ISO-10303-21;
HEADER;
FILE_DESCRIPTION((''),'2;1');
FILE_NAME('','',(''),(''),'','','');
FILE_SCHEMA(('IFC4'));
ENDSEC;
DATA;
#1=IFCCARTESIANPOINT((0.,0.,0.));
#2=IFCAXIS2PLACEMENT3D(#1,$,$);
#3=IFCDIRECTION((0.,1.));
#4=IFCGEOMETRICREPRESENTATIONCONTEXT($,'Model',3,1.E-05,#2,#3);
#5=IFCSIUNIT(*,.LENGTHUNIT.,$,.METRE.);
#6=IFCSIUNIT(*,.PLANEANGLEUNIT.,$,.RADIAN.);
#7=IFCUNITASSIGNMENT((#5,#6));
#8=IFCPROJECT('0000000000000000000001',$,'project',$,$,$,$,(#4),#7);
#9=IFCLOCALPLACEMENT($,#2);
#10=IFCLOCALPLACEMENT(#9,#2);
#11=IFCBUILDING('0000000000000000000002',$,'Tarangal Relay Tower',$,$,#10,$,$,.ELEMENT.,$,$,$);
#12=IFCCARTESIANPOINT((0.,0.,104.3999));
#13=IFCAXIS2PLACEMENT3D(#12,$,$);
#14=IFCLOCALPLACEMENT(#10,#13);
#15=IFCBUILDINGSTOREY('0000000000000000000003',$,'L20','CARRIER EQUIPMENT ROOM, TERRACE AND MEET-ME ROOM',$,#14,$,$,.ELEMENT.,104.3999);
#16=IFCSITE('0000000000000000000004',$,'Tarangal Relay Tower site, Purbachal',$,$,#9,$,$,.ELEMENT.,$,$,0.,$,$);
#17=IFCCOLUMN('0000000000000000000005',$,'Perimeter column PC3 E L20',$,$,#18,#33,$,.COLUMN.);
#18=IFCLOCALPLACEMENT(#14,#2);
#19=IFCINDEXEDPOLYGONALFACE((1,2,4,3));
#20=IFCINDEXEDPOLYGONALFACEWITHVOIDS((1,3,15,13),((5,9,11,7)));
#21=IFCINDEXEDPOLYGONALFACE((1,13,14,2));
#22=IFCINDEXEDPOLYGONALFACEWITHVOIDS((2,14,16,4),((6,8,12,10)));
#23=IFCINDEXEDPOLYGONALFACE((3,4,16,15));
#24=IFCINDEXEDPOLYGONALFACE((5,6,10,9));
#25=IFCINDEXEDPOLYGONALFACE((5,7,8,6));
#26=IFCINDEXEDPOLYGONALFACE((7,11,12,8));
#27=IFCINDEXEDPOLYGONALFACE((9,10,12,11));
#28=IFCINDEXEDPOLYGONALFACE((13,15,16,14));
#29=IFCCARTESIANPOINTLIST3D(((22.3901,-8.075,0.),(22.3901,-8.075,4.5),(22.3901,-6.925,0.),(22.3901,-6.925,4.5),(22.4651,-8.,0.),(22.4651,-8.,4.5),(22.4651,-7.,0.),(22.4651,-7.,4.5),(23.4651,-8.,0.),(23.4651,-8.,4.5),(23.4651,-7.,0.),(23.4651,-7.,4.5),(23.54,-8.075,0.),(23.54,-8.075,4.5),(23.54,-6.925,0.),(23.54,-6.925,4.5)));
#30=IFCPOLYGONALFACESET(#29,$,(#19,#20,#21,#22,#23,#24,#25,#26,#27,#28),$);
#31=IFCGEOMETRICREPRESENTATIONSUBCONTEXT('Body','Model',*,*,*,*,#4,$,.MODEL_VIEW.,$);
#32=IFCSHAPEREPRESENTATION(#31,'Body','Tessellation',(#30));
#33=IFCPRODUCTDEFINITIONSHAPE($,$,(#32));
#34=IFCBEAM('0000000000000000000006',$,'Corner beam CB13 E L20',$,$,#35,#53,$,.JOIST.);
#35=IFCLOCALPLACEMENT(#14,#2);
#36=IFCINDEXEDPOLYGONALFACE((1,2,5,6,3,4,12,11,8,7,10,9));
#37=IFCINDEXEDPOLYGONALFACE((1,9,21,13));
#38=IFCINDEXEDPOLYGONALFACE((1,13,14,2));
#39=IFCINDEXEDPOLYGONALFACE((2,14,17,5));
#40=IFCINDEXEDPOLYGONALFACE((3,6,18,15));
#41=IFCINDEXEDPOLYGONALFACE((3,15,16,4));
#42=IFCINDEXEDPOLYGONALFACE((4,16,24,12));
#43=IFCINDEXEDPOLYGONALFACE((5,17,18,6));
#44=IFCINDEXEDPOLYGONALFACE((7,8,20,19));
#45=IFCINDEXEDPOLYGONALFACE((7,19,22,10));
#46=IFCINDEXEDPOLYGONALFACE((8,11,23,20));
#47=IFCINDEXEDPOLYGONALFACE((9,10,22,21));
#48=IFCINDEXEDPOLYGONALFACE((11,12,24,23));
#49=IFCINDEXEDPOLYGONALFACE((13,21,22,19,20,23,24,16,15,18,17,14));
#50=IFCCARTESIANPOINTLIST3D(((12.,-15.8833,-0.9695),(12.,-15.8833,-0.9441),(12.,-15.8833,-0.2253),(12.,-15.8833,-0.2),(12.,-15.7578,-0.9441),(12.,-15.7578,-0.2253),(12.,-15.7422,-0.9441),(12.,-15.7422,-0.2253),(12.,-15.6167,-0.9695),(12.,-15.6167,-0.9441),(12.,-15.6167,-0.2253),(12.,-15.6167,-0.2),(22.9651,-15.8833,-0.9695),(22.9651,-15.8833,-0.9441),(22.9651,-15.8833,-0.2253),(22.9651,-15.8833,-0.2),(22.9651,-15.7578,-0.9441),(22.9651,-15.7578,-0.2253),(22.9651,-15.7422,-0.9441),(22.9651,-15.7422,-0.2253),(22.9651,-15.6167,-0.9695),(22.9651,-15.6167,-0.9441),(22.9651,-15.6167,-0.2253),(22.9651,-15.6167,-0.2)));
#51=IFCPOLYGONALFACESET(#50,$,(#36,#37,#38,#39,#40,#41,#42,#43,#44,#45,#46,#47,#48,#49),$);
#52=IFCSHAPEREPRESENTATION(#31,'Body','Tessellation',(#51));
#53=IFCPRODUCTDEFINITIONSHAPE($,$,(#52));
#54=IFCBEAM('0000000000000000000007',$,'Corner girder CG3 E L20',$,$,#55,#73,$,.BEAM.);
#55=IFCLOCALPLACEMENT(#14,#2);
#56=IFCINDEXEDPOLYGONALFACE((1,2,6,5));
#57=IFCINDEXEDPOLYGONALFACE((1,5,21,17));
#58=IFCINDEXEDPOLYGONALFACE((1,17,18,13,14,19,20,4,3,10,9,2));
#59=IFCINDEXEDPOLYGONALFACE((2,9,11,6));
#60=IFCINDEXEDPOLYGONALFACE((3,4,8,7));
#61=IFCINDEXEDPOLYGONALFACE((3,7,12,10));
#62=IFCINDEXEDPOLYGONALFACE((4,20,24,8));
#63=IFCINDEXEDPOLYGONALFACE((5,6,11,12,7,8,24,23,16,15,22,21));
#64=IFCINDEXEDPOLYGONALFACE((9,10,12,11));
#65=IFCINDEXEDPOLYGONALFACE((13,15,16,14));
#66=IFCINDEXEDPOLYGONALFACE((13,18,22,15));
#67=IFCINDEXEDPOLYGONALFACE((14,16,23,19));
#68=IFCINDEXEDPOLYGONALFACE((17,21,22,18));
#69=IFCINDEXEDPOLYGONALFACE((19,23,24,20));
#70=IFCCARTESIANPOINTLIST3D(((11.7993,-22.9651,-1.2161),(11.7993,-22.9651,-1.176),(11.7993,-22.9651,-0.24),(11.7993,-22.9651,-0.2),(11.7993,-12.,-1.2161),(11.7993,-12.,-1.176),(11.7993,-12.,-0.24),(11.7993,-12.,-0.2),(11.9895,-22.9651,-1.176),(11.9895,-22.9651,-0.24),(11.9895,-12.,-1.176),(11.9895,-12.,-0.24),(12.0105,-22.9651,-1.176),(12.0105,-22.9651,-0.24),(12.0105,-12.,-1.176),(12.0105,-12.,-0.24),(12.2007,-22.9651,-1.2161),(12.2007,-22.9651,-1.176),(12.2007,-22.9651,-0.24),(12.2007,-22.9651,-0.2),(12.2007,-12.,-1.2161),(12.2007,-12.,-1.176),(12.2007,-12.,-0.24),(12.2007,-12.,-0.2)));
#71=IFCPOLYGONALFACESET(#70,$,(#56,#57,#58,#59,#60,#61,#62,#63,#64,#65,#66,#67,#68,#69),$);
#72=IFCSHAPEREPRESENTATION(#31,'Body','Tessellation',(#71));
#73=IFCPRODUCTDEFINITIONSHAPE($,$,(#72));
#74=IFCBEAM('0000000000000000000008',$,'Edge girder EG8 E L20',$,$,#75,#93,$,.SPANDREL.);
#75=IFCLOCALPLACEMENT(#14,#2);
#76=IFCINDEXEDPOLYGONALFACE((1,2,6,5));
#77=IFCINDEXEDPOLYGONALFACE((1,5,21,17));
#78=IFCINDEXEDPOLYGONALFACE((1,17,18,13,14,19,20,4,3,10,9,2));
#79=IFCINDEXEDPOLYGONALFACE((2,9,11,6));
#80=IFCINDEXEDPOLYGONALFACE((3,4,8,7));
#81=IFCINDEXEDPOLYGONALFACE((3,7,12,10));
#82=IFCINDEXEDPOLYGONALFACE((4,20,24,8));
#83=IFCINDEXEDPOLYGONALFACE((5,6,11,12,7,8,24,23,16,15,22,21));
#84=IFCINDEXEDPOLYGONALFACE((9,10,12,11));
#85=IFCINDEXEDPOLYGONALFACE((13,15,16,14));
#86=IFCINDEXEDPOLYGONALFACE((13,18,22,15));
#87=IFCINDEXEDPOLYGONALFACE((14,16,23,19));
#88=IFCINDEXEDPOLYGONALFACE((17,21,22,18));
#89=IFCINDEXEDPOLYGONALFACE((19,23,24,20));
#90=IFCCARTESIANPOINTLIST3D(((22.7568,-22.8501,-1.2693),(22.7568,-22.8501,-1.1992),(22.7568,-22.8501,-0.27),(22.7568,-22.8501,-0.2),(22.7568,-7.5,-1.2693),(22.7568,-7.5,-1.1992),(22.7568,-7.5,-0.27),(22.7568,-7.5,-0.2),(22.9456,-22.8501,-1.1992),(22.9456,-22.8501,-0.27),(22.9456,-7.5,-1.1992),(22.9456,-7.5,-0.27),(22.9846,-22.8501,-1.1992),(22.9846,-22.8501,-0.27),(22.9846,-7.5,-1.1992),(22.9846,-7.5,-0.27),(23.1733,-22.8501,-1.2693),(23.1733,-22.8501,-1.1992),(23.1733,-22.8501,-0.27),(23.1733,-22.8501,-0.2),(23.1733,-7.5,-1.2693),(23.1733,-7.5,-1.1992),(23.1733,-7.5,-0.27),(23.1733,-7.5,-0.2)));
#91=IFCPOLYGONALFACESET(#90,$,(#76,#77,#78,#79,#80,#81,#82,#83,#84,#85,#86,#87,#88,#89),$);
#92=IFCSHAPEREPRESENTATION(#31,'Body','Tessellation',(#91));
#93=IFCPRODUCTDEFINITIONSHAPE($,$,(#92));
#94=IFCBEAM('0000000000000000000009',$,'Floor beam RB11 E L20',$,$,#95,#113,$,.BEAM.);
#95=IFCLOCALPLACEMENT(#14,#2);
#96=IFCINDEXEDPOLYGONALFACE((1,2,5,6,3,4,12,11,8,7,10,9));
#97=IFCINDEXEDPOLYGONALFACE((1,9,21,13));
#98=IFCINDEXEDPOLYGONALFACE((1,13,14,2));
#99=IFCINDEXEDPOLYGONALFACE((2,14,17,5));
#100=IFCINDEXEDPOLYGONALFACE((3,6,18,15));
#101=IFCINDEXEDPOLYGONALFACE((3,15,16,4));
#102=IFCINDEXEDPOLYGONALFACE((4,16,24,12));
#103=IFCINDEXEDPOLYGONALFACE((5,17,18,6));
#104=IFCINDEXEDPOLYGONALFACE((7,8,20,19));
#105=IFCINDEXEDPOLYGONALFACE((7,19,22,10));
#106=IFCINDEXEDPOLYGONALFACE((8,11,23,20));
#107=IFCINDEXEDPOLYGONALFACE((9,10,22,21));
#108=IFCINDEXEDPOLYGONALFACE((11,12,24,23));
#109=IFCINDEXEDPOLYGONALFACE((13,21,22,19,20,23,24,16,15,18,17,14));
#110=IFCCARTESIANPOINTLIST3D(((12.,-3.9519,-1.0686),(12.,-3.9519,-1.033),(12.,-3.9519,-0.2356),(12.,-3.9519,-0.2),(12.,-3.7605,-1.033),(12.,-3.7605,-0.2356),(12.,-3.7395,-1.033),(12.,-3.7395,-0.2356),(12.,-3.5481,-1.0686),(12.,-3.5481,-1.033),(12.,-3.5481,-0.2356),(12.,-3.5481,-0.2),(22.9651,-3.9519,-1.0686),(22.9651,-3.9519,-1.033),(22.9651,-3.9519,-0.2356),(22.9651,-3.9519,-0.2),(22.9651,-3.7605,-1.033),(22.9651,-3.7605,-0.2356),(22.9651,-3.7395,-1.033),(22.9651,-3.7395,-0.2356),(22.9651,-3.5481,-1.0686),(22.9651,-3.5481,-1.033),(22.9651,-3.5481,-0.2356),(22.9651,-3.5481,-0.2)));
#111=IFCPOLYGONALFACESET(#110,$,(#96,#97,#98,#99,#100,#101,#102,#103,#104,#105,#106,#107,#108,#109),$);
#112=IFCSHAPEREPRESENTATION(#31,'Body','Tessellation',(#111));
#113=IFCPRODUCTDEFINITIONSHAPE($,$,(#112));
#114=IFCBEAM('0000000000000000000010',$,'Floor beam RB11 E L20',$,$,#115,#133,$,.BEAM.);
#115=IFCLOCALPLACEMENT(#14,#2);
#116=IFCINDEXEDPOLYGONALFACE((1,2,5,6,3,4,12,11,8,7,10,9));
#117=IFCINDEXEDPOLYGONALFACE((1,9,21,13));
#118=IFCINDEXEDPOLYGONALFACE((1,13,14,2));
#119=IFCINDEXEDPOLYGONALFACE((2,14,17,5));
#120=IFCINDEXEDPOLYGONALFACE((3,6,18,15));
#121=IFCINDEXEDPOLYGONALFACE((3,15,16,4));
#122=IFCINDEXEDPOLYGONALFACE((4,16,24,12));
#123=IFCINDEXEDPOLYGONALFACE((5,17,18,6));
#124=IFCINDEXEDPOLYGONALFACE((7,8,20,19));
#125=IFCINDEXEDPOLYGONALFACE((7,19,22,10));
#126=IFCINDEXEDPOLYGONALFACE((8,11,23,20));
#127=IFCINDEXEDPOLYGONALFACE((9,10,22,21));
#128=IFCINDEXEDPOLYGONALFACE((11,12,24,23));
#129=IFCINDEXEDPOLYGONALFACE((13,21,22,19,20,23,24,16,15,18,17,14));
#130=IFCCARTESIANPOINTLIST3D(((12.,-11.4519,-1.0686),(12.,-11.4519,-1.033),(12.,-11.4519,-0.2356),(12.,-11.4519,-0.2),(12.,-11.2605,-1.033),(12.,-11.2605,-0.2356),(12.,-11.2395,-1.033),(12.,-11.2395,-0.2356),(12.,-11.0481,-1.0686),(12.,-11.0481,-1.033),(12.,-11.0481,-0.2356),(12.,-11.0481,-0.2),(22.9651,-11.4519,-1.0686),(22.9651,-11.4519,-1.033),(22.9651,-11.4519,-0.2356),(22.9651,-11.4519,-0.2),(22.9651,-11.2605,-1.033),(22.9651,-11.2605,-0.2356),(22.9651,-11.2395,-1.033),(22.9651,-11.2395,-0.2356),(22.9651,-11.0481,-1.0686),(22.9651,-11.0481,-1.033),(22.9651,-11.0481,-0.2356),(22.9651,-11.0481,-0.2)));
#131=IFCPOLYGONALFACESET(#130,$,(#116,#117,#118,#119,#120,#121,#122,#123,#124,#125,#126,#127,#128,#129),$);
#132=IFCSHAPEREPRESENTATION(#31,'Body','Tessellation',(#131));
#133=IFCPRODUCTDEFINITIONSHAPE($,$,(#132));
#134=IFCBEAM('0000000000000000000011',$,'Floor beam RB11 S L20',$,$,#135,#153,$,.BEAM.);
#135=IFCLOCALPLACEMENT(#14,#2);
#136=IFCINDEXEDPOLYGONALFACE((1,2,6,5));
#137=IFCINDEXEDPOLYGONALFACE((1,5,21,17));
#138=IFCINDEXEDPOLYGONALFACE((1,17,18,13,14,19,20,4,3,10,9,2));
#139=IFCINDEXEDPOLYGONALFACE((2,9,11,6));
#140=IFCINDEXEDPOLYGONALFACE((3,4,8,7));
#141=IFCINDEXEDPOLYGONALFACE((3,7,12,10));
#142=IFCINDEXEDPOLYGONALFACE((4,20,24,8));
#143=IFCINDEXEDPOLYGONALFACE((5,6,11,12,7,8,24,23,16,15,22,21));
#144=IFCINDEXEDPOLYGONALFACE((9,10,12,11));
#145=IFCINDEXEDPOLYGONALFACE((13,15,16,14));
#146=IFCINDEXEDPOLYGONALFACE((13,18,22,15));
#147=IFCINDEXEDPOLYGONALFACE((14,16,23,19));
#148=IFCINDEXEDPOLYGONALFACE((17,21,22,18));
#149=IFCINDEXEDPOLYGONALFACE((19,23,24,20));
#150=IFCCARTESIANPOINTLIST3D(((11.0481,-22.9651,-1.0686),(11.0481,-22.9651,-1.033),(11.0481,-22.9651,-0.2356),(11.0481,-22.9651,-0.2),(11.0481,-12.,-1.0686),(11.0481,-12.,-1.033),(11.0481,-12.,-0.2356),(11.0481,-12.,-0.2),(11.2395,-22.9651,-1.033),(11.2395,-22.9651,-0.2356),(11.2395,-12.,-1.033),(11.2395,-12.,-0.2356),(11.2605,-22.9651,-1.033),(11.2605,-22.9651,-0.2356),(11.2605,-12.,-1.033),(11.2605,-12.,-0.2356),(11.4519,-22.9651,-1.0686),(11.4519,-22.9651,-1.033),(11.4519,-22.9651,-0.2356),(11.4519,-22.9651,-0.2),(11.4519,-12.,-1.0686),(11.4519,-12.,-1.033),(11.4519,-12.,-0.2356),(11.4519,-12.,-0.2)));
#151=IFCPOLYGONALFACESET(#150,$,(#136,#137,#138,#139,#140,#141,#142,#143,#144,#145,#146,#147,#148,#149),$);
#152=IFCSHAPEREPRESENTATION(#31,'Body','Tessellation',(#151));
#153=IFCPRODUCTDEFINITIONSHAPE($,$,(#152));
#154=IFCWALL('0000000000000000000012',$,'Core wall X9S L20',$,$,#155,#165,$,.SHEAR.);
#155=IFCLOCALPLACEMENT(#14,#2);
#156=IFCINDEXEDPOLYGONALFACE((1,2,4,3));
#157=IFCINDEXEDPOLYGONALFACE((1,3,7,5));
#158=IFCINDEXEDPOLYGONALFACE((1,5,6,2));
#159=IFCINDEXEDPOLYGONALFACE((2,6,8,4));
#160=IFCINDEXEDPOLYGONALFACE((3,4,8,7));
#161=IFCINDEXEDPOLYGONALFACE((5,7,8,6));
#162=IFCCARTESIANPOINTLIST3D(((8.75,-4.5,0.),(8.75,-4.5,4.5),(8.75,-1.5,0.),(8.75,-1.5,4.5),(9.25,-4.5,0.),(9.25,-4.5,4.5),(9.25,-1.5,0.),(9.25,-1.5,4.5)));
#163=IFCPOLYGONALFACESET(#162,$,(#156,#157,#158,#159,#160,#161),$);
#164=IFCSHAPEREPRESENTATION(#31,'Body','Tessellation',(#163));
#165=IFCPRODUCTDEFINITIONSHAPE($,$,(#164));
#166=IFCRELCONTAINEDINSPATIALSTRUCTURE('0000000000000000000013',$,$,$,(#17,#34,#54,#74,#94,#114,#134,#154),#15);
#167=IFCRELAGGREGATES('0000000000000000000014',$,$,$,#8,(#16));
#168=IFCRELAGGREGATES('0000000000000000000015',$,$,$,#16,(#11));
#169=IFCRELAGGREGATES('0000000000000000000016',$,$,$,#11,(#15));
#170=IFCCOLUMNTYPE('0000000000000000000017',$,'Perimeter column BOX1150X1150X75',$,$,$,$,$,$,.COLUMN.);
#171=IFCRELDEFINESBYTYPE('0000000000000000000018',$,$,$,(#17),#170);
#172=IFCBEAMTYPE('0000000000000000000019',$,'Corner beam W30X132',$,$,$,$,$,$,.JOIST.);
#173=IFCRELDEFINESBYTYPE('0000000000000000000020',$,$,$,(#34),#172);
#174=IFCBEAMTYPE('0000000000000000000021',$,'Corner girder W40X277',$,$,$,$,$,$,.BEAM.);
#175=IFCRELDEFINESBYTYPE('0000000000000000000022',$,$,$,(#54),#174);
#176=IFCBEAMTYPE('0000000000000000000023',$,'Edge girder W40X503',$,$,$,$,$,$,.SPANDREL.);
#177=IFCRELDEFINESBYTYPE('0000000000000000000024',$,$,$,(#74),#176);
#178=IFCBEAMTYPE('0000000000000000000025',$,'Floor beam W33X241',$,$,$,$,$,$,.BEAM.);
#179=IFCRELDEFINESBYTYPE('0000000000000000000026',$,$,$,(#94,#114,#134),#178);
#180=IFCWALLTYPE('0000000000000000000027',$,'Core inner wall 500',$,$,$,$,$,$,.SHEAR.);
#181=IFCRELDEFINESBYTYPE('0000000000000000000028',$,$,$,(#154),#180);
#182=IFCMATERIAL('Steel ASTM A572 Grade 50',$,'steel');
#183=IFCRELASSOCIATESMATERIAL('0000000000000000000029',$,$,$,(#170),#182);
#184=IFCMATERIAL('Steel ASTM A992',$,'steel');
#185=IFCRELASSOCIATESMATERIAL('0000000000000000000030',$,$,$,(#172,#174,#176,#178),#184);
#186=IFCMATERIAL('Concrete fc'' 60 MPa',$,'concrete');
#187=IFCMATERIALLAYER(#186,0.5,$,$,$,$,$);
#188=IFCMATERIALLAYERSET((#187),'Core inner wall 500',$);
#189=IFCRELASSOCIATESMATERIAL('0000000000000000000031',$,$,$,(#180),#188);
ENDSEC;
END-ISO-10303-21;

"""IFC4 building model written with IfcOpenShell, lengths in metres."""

from ifc_helpers import new_model, si_unit, direction, frame, frame_2d, origin, origin_2d, place, context, subcontext, project, spatial, rectangle, hollow_rectangle, i_section, extrude, material, layer, layer_set, material_profile, profile_set, type_object, element, save


model = new_model("IFC4")

# Units and contexts
model_context = context("Model", 3, precision=1e-05, world=origin(), true_north=direction((0.0, 1.0)))
body_context = subcontext(model_context, "Body", "Model", "MODEL_VIEW")
ifc_project = project(units=[si_unit("LENGTHUNIT", "METRE"), si_unit("PLANEANGLEUNIT", "RADIAN")], contexts=[model_context])

# Site, building, storey
site_placement = place(None, origin())
site = spatial("IfcSite", under=ifc_project, at=site_placement, Name="Tarangal Relay Tower site, Purbachal", CompositionType="ELEMENT", RefElevation=0.0)
building_placement = place(site_placement, origin())
building = spatial("IfcBuilding", under=site, at=building_placement, Name="Tarangal Relay Tower", CompositionType="ELEMENT")
storey_placement = place(building_placement, frame((0.0, 0.0, 104.3999)))
storey = spatial("IfcBuildingStorey", under=building, at=storey_placement, Name="L20", Description="CARRIER EQUIPMENT ROOM, TERRACE AND MEET-ME ROOM", CompositionType="ELEMENT", Elevation=104.3999)

# Column
ifc_material_1 = material(Name="Steel ASTM A572 Grade 50", Category="steel")
ifc_material_profile_1 = material_profile(ifc_material_1, hollow_rectangle(XDim=1.1499, YDim=1.1499, WallThickness=0.075, at=origin_2d()), Name="BOX1150X1150X75")
ifc_profile_set_1 = profile_set([ifc_material_profile_1], Name="Steel ASTM A572 Grade 50")
column_type = type_object("IfcColumnType", Name="Perimeter column BOX1150X1150X75", PredefinedType="COLUMN", material=ifc_profile_set_1)
column_placement = place(storey_placement, frame((22.9651, -7.5, 0.0), z_axis=(0.0, 0.0, 1.0), x_axis=(1.0, 0.0, 0.0)))
element("IfcColumn", 1, at=column_placement, inside=storey, type_object=column_type, Name="Perimeter column PC3 E L20", PredefinedType="COLUMN", context=body_context, shape_type="SweptSolid", body=[
    extrude(hollow_rectangle(XDim=1.1499, YDim=1.1499, WallThickness=0.075, at=origin_2d()), origin(), (0.0, 0.0, 1.0), 4.5),
])

# Beams
ifc_material_2 = material(Name="Steel ASTM A992", Category="steel")
ifc_material_profile_2 = material_profile(ifc_material_2, i_section(OverallWidth=0.2666, OverallDepth=0.7695, WebThickness=0.0156, FlangeThickness=0.0254, at=origin_2d()), Name="W30X132")
ifc_profile_set_2 = profile_set([ifc_material_profile_2], Name="Steel ASTM A992")
beam_type_1 = type_object("IfcBeamType", Name="Corner beam W30X132", PredefinedType="JOIST", material=ifc_profile_set_2)
beam_1_placement = place(storey_placement, frame((12.0, -15.75, -0.5847), z_axis=(1.0, 0.0, 0.0), x_axis=(0.0, 1.0, 0.0)))
element("IfcBeam", 2, at=beam_1_placement, inside=storey, type_object=beam_type_1, Name="Corner beam CB13 E L20", PredefinedType="JOIST", context=body_context, shape_type="SweptSolid", body=[
    extrude(i_section(OverallWidth=0.2666, OverallDepth=0.7695, WebThickness=0.0156, FlangeThickness=0.0254, at=origin_2d()), origin(), (0.0, 0.0, 1.0), 10.9651),
])
ifc_material_profile_3 = material_profile(ifc_material_2, i_section(OverallWidth=0.4014, OverallDepth=1.0161, WebThickness=0.021, FlangeThickness=0.04, at=origin_2d()), Name="W40X277")
ifc_profile_set_3 = profile_set([ifc_material_profile_3], Name="Steel ASTM A992")
beam_type_2 = type_object("IfcBeamType", Name="Corner girder W40X277", PredefinedType="BEAM", material=ifc_profile_set_3)
beam_2_placement = place(storey_placement, frame((12.0, -12.0, -0.708), z_axis=(0.0, -1.0, 0.0), x_axis=(1.0, 0.0, 0.0)))
element("IfcBeam", 3, at=beam_2_placement, inside=storey, type_object=beam_type_2, Name="Corner girder CG3 E L20", PredefinedType="BEAM", context=body_context, shape_type="SweptSolid", body=[
    extrude(i_section(OverallWidth=0.4014, OverallDepth=1.0161, WebThickness=0.021, FlangeThickness=0.04, at=origin_2d()), origin(), (0.0, 0.0, 1.0), 10.9651),
])
ifc_material_profile_4 = material_profile(ifc_material_2, i_section(OverallWidth=0.4165, OverallDepth=1.0693, WebThickness=0.0391, FlangeThickness=0.0701, at=origin_2d()), Name="W40X503")
ifc_profile_set_4 = profile_set([ifc_material_profile_4], Name="Steel ASTM A992")
beam_type_3 = type_object("IfcBeamType", Name="Edge girder W40X503", PredefinedType="SPANDREL", material=ifc_profile_set_4)
beam_3_placement = place(storey_placement, frame((22.9651, -7.5, -0.7346), z_axis=(0.0, -1.0, 0.0), x_axis=(1.0, 0.0, 0.0)))
element("IfcBeam", 4, at=beam_3_placement, inside=storey, type_object=beam_type_3, Name="Edge girder EG8 E L20", PredefinedType="SPANDREL", context=body_context, shape_type="SweptSolid", body=[
    extrude(i_section(OverallWidth=0.4165, OverallDepth=1.0693, WebThickness=0.0391, FlangeThickness=0.0701, at=origin_2d()), origin(), (0.0, 0.0, 1.0), 15.3501),
])
ifc_material_profile_5 = material_profile(ifc_material_2, i_section(OverallWidth=0.4038, OverallDepth=0.8687, WebThickness=0.021, FlangeThickness=0.0356, at=origin_2d()), Name="W33X241")
ifc_profile_set_5 = profile_set([ifc_material_profile_5], Name="Steel ASTM A992")
beam_type_4 = type_object("IfcBeamType", Name="Floor beam W33X241", PredefinedType="BEAM", material=ifc_profile_set_5)
for number, where, z_axis, x_axis, name in (
    (5, (12.0, -3.75, -0.6343), (1.0, 0.0, 0.0), (0.0, 1.0, 0.0), "Floor beam RB11 E L20"),
    (6, (12.0, -11.25, -0.6343), (1.0, 0.0, 0.0), (0.0, 1.0, 0.0), "Floor beam RB11 E L20"),
    (7, (11.25, -12.0, -0.6343), (0.0, -1.0, 0.0), (1.0, 0.0, 0.0), "Floor beam RB11 S L20"),
):
    element("IfcBeam", number, at=place(storey_placement, frame(where, z_axis=z_axis, x_axis=x_axis)), inside=storey, type_object=beam_type_4, Name=name, PredefinedType="BEAM", context=body_context, shape_type="SweptSolid", body=[
        extrude(i_section(OverallWidth=0.4038, OverallDepth=0.8687, WebThickness=0.021, FlangeThickness=0.0356, at=origin_2d()), origin(), (0.0, 0.0, 1.0), 10.9651),
    ])

# Wall
ifc_material_3 = material(Name="Concrete fc' 60 MPa", Category="concrete")
ifc_layer_1 = layer(ifc_material_3, 0.5)
ifc_layer_set_1 = layer_set([ifc_layer_1], Name="Core inner wall 500")
wall_type_1 = type_object("IfcWallType", Name="Core inner wall 500", PredefinedType="SHEAR", material=ifc_layer_set_1)
wall_1_placement = place(storey_placement, frame((9.0, -4.5, 0.0), z_axis=(0.0, 0.0, 1.0), x_axis=(0.0, 1.0, 0.0)))
element("IfcWall", 8, at=wall_1_placement, inside=storey, type_object=wall_type_1, Name="Core wall X9S L20", PredefinedType="SHEAR", context=body_context, shape_type="SweptSolid", body=[
    extrude(rectangle(XDim=3.0, YDim=0.5, at=frame_2d((1.5, 0.0))), origin(), (0.0, 0.0, 1.0), 4.5),
])

save(model, "model.ifc")
